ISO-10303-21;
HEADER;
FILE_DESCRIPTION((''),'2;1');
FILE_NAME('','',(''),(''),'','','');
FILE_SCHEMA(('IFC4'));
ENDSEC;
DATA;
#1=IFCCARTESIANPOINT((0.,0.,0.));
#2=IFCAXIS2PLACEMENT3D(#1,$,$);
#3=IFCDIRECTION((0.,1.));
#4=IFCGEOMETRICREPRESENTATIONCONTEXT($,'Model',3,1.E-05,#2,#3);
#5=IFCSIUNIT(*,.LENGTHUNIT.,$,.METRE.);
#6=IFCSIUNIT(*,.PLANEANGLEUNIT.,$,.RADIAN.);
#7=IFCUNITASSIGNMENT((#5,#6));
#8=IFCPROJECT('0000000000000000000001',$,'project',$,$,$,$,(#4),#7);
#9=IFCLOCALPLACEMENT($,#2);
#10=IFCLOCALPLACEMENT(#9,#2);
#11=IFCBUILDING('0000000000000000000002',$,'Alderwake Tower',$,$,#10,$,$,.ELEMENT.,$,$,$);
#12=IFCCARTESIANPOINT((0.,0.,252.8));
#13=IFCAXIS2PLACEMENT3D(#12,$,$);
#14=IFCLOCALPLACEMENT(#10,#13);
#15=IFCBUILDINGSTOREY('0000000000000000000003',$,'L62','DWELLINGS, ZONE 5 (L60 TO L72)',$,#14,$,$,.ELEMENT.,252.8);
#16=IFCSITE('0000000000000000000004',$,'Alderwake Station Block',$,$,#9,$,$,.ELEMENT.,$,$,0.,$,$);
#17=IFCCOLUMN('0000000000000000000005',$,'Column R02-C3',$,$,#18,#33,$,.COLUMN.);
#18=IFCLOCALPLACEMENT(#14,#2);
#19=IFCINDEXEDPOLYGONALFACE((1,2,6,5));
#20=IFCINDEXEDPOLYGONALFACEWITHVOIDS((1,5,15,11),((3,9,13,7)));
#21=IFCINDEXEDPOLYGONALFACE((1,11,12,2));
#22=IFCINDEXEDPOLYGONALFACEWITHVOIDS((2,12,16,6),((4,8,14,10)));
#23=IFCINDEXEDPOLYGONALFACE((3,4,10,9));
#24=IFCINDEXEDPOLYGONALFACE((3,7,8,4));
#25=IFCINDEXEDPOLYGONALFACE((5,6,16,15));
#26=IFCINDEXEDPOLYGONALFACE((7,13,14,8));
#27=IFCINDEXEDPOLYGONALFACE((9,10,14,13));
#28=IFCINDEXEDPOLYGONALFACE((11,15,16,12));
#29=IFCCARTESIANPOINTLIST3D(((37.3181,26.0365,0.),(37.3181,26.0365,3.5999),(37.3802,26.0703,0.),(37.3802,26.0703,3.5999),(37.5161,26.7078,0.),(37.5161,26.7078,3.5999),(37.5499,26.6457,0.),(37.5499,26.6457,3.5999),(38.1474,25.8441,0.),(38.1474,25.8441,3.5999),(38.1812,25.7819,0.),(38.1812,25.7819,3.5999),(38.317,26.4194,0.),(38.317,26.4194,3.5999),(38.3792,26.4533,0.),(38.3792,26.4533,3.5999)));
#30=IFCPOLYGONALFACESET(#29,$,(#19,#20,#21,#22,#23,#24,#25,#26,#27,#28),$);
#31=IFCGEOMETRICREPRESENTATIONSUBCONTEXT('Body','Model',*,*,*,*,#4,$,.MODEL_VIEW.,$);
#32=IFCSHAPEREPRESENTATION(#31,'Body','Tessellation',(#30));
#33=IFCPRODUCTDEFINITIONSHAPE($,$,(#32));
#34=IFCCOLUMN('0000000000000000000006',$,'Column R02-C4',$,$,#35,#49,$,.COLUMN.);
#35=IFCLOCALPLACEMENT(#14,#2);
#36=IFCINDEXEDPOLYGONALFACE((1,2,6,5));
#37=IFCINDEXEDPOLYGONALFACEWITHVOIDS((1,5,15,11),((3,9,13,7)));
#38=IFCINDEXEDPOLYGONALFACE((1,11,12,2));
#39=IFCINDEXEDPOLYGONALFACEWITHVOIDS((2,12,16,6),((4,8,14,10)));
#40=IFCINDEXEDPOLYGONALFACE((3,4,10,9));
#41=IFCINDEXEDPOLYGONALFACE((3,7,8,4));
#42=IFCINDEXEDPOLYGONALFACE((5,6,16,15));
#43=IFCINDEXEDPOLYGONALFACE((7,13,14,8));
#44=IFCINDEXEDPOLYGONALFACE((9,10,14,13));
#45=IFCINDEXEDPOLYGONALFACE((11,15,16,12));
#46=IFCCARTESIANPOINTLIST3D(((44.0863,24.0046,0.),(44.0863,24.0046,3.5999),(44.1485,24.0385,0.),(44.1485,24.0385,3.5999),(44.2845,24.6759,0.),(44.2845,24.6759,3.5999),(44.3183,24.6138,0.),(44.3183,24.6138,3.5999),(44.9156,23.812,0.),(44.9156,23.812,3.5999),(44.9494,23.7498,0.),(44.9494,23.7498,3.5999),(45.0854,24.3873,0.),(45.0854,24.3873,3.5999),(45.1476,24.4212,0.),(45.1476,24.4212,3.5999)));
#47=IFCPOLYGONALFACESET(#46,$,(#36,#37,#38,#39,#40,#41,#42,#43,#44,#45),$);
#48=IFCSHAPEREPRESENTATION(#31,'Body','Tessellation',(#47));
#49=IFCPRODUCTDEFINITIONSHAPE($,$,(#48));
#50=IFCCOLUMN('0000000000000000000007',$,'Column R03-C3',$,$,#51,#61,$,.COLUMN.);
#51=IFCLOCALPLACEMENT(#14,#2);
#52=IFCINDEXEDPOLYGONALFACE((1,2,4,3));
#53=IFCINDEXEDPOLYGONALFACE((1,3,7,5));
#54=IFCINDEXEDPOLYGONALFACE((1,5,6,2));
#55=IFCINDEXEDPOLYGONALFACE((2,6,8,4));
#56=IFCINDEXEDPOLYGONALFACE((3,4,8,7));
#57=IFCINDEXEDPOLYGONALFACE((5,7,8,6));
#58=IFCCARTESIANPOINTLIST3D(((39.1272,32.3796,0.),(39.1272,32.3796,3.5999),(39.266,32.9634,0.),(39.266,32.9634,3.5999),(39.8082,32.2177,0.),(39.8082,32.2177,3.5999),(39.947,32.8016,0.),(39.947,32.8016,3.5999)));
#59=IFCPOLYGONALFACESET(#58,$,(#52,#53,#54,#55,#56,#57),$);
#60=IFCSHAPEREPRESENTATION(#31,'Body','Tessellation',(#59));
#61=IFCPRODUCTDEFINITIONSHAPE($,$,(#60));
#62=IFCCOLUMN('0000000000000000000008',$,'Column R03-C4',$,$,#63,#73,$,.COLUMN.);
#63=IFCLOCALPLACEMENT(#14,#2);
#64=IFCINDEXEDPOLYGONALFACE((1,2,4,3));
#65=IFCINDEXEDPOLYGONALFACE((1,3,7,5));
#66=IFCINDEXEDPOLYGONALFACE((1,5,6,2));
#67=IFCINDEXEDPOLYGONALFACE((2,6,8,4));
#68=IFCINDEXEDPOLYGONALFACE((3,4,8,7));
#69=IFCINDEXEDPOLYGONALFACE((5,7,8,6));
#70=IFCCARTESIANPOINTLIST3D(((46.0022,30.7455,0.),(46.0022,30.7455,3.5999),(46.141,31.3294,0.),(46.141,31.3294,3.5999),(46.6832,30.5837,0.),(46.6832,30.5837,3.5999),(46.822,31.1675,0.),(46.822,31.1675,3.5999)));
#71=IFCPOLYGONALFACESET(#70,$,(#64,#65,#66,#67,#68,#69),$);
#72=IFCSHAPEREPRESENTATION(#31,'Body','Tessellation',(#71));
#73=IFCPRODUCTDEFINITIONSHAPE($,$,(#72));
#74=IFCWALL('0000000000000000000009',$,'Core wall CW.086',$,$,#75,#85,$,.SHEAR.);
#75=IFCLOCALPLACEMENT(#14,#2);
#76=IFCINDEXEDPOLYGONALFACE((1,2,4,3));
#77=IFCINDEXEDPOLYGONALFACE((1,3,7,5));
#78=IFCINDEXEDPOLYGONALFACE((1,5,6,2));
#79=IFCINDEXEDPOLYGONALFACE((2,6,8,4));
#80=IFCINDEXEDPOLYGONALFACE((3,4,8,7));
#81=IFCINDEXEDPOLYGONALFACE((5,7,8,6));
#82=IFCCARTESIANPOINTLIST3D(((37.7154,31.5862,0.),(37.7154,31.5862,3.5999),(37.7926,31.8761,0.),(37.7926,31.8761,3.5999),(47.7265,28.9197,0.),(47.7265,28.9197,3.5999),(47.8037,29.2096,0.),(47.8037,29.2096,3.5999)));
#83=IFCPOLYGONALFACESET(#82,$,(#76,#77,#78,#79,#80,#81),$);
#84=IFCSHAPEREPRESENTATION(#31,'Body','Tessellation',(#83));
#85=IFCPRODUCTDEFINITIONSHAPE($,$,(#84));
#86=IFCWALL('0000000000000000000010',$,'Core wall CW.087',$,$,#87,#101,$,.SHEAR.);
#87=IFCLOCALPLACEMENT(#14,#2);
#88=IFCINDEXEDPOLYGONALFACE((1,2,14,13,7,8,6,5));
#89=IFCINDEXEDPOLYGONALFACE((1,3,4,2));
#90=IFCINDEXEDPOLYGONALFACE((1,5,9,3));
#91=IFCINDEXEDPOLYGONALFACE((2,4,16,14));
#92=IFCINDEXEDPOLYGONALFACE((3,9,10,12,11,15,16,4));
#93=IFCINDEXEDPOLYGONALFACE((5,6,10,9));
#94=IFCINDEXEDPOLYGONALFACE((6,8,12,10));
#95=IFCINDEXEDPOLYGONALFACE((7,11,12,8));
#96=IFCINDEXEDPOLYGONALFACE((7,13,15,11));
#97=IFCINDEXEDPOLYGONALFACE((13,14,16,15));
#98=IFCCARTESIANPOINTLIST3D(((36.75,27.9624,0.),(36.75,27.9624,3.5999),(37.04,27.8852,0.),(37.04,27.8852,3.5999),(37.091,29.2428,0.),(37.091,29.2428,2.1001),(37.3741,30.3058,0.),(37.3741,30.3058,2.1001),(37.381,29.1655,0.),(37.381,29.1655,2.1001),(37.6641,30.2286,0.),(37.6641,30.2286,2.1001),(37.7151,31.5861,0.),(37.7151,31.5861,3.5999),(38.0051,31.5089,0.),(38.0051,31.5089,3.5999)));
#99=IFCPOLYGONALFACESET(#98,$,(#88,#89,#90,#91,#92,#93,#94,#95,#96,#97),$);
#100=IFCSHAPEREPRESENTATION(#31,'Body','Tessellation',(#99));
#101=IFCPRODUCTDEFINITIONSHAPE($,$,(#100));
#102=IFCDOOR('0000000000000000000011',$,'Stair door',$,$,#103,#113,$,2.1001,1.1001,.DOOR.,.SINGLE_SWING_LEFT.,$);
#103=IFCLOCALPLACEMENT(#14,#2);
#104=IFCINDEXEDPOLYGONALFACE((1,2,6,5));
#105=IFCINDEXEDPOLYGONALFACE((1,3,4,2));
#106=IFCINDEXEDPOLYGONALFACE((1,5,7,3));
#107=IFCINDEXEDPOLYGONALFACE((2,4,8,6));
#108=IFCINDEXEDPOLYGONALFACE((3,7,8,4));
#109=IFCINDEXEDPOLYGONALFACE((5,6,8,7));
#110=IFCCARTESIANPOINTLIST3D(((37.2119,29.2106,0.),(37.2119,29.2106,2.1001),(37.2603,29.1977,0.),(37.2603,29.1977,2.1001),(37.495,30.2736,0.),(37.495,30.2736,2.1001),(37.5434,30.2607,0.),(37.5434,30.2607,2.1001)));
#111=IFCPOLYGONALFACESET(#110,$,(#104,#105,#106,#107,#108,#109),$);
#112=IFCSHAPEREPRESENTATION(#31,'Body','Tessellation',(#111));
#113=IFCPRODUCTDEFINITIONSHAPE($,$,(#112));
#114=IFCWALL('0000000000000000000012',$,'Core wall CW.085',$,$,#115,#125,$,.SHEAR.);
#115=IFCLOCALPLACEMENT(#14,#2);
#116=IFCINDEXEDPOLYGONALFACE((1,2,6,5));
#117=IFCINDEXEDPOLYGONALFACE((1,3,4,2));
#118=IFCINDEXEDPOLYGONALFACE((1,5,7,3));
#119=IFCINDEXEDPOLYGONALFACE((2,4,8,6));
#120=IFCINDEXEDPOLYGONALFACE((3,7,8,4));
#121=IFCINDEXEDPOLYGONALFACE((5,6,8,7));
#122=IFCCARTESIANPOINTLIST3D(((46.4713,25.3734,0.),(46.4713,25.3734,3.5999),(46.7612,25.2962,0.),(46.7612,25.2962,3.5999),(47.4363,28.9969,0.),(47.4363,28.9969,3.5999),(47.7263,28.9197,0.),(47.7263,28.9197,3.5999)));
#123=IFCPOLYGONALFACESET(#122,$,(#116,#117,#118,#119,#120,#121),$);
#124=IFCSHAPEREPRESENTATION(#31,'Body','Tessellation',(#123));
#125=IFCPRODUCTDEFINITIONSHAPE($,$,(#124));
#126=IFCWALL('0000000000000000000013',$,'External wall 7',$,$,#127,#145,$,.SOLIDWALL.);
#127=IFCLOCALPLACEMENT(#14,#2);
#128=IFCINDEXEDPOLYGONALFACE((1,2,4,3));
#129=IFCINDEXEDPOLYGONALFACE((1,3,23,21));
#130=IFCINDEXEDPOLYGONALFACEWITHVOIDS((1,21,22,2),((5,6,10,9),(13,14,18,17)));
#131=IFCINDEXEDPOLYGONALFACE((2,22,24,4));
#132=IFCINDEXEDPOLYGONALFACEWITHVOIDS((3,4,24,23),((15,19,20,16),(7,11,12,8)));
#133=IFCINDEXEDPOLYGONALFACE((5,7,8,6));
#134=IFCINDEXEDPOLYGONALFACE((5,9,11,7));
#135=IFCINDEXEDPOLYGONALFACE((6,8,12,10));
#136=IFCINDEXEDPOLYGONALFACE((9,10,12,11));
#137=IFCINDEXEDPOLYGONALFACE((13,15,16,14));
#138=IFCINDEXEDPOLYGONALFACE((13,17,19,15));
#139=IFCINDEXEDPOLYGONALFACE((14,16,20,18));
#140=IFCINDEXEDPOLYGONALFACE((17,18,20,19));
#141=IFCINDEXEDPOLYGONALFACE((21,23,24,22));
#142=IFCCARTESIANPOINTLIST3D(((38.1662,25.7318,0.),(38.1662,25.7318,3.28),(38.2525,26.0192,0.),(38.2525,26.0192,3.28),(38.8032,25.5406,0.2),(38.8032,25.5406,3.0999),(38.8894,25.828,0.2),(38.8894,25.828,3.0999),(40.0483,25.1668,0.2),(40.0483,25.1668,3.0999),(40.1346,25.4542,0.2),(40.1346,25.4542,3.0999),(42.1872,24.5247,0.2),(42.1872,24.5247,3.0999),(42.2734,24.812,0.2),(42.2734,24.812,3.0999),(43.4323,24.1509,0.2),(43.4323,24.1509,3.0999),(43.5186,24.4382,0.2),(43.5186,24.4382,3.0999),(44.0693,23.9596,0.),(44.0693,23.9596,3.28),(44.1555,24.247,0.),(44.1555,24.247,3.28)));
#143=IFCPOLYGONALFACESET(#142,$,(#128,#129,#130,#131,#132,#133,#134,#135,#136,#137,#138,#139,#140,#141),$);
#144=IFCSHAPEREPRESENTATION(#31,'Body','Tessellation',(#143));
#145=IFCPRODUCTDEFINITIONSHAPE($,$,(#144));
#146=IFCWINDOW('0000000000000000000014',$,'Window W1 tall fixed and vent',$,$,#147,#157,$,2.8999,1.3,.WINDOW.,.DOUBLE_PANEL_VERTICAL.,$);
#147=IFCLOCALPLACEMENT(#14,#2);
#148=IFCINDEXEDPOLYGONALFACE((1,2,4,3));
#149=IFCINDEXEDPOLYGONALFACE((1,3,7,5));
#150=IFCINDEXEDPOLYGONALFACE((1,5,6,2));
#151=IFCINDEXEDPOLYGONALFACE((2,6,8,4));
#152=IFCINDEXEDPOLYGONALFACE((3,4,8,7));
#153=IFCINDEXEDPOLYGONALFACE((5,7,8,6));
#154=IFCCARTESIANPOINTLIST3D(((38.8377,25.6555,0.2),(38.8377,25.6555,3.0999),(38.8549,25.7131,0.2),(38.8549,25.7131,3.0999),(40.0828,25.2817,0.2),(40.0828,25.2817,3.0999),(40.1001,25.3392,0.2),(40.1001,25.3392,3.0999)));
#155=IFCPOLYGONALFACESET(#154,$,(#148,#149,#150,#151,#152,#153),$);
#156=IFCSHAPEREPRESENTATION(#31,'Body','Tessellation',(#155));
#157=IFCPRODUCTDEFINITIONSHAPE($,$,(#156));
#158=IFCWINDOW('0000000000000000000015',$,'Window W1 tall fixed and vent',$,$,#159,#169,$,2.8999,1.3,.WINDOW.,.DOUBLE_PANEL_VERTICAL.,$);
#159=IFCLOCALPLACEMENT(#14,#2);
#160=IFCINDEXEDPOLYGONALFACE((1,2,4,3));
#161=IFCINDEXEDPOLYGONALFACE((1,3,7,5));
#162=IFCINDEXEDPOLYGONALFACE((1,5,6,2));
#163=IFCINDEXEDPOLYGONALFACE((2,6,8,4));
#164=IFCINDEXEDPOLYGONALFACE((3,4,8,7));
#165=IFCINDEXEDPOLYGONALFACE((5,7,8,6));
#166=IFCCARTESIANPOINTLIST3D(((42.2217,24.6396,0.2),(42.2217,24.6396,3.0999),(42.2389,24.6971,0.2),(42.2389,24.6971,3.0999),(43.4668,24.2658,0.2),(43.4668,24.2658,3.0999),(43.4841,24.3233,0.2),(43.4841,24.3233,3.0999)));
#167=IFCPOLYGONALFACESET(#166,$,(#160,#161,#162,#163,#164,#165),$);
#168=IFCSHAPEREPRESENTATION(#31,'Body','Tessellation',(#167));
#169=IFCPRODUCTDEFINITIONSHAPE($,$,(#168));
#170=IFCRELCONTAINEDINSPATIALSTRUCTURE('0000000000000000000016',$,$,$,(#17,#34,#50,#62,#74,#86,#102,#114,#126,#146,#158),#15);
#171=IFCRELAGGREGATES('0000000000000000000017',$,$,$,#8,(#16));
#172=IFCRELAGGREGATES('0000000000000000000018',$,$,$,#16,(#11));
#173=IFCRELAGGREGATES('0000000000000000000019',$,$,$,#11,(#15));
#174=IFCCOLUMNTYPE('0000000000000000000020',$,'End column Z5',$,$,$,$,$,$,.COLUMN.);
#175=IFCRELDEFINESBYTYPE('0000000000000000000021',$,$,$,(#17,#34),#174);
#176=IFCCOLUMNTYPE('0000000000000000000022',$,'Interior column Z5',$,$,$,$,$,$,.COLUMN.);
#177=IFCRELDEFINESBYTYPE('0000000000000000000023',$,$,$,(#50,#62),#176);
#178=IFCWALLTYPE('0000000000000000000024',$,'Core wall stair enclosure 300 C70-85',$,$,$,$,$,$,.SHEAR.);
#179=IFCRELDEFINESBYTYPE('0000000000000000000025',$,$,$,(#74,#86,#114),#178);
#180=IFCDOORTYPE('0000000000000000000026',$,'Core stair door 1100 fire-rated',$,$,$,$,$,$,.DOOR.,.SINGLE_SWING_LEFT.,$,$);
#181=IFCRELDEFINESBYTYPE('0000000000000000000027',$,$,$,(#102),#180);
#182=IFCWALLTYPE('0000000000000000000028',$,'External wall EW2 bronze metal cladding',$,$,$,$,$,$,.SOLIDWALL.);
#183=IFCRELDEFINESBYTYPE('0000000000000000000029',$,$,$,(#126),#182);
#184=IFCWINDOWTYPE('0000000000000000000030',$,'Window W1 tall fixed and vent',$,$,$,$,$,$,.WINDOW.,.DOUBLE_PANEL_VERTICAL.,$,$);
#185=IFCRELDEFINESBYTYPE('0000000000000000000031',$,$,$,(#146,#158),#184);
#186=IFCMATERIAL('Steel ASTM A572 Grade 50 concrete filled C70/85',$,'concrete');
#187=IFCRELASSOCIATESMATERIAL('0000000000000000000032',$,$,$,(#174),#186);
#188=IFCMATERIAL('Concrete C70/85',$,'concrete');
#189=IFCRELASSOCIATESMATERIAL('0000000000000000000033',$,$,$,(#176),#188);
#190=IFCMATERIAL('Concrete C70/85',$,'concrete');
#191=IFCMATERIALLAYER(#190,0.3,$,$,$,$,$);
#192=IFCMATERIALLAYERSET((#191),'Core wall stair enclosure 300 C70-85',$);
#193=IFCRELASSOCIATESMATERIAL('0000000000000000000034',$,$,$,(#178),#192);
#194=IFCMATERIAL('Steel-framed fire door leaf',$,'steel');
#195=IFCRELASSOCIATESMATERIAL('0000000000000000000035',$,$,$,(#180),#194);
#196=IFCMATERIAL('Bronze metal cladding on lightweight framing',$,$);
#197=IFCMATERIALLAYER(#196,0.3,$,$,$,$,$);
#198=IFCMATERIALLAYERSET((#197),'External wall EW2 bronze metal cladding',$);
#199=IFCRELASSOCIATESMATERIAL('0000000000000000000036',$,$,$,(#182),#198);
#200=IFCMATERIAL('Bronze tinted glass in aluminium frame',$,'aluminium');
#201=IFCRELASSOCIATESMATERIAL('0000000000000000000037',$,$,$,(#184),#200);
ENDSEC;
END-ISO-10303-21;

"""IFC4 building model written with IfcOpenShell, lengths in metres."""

from ifc_helpers import new_model, si_unit, direction, frame, frame_2d, origin, origin_2d, place, context, subcontext, project, spatial, rectangle, hollow_rectangle, extrude, material, layer, layer_set, material_profile, profile_set, type_object, element, fill, save


model = new_model("IFC4")

# Units and contexts
model_context = context("Model", 3, precision=1e-05, world=origin(), true_north=direction((0.0, 1.0)))
body_context = subcontext(model_context, "Body", "Model", "MODEL_VIEW")
ifc_project = project(units=[si_unit("LENGTHUNIT", "METRE"), si_unit("PLANEANGLEUNIT", "RADIAN")], contexts=[model_context])

# Site, building, storey
site_placement = place(None, origin())
site = spatial("IfcSite", under=ifc_project, at=site_placement, Name="Alderwake Station Block", CompositionType="ELEMENT", RefElevation=0.0)
building_placement = place(site_placement, origin())
building = spatial("IfcBuilding", under=site, at=building_placement, Name="Alderwake Tower", CompositionType="ELEMENT")
storey_placement = place(building_placement, frame((0.0, 0.0, 252.8)))
storey = spatial("IfcBuildingStorey", under=building, at=storey_placement, Name="L62", Description="DWELLINGS, ZONE 5 (L60 TO L72)", CompositionType="ELEMENT", Elevation=252.8)

# Columns
ifc_material_1 = material(Name="Steel ASTM A572 Grade 50 concrete filled C70/85", Category="concrete")
ifc_material_profile_1 = material_profile(ifc_material_1, hollow_rectangle(XDim=0.7, YDim=0.8999, WallThickness=0.05, at=origin_2d()), Name="BOX 900X700X50")
ifc_profile_set_1 = profile_set([ifc_material_profile_1], Name="Steel ASTM A572 Grade 50 concrete filled C70/85")
column_type_1 = type_object("IfcColumnType", Name="End column Z5", PredefinedType="COLUMN", material=ifc_profile_set_1)
for number, where, z_axis, x_axis, name in (
    (1, (37.8486, 26.2449, 0.0), (0.0, 0.0, 1.0), (0.282869, 0.959159, 0.0), "Column R02-C3"),
    (2, (44.6169, 24.2129, 0.0), (0.0, 0.0, 1.0), (0.283123, 0.959084, 0.0), "Column R02-C4"),
):
    element("IfcColumn", number, at=place(storey_placement, frame(where, z_axis=z_axis, x_axis=x_axis)), inside=storey, type_object=column_type_1, Name=name, PredefinedType="COLUMN", context=body_context, shape_type="SweptSolid", body=[
        extrude(hollow_rectangle(XDim=0.7, YDim=0.8999, WallThickness=0.05, at=origin_2d()), origin(), (0.0, 0.0, 1.0), 3.5999),
    ])
ifc_material_2 = material(Name="Concrete C70/85", Category="concrete")
ifc_material_profile_2 = material_profile(ifc_material_2, rectangle(XDim=0.6001, YDim=0.7, at=origin_2d()), Name="RC 700X600")
ifc_profile_set_2 = profile_set([ifc_material_profile_2], Name="Concrete C70/85")
column_type_2 = type_object("IfcColumnType", Name="Interior column Z5", PredefinedType="COLUMN", material=ifc_profile_set_2)
for number, where, z_axis, x_axis, name in (
    (3, (39.5371, 32.5906, 0.0), (0.0, 0.0, 1.0), (0.231222, 0.972901, 0.0), "Column R03-C3"),
    (4, (46.4121, 30.9565, 0.0), (0.0, 0.0, 1.0), (0.231222, 0.972901, 0.0), "Column R03-C4"),
):
    element("IfcColumn", number, at=place(storey_placement, frame(where, z_axis=z_axis, x_axis=x_axis)), inside=storey, type_object=column_type_2, Name=name, PredefinedType="COLUMN", context=body_context, shape_type="SweptSolid", body=[
        extrude(rectangle(XDim=0.6001, YDim=0.7, at=origin_2d()), origin(), (0.0, 0.0, 1.0), 3.5999),
    ])

# Wall
ifc_material_3 = material(Name="Concrete C70/85", Category="concrete")
ifc_layer_1 = layer(ifc_material_3, 0.3)
ifc_layer_set_1 = layer_set([ifc_layer_1], Name="Core wall stair enclosure 300 C70-85")
wall_type_1 = type_object("IfcWallType", Name="Core wall stair enclosure 300 C70-85", PredefinedType="SHEAR", material=ifc_layer_set_1)
wall_1_placement = place(storey_placement, frame((37.7539, 31.7312, 0.0), z_axis=(0.0, 0.0, 1.0), x_axis=(0.966309, -0.257384, 0.0)))
element("IfcWall", 5, at=wall_1_placement, inside=storey, type_object=wall_type_1, Name="Core wall CW.086", PredefinedType="SHEAR", context=body_context, shape_type="SweptSolid", body=[
    extrude(rectangle(XDim=10.3601, YDim=0.3, at=frame_2d((5.1802, 0.0))), origin(), (0.0, 0.0, 1.0), 3.5999),
])

# Wall, opening, door
wall_2_placement = place(storey_placement, frame((36.895, 27.9238, 0.0), z_axis=(0.0, 0.0, 1.0), x_axis=(0.257351, 0.966318, 0.0)))
wall_2 = element("IfcWall", 6, at=wall_2_placement, inside=storey, type_object=wall_type_1, Name="Core wall CW.087", PredefinedType="SHEAR", context=body_context, shape_type="SweptSolid", body=[
    extrude(rectangle(XDim=3.75, YDim=0.3, at=frame_2d((1.875, 0.0))), origin(), (0.0, 0.0, 1.0), 3.5999),
])
opening_1_placement = place(wall_2_placement, frame((1.325, 0.0, 0.0)))
opening_1 = element("IfcOpeningElement", 7, at=opening_1_placement, cuts=wall_2, PredefinedType="OPENING", context=body_context, shape_type="SweptSolid", body=[
    extrude(rectangle(XDim=1.1001, YDim=2.1001, at=frame_2d((0.55, 1.05))), frame((0.0, 0.1599, 0.0), z_axis=(0.0, -1.0, 0.0), x_axis=(1.0, 0.0, 0.0)), (0.0, 0.0, 1.0), 0.3201),
])
ifc_material_4 = material(Name="Steel-framed fire door leaf", Category="steel")
door_type = type_object("IfcDoorType", Name="Core stair door 1100 fire-rated", OperationType="SINGLE_SWING_LEFT", PredefinedType="DOOR", material=ifc_material_4)
door_placement = place(opening_1_placement, origin())
door = element("IfcDoor", 8, at=door_placement, inside=storey, type_object=door_type, Name="Stair door", OperationType="SINGLE_SWING_LEFT", OverallHeight=2.1001, OverallWidth=1.1001, PredefinedType="DOOR", context=body_context, shape_type="SweptSolid", body=[
    extrude(rectangle(XDim=1.1001, YDim=2.1001, at=frame_2d((0.55, 1.05))), frame((0.0, 0.0249, 0.0), z_axis=(0.0, -1.0, 0.0), x_axis=(1.0, 0.0, 0.0)), (0.0, 0.0, 1.0), 0.05),
])
fill(opening_1, door)

# Wall
wall_3_placement = place(storey_placement, frame((46.6162, 25.3347, 0.0), z_axis=(0.0, 0.0, 1.0), x_axis=(0.257367, 0.966314, 0.0)))
element("IfcWall", 9, at=wall_3_placement, inside=storey, type_object=wall_type_1, Name="Core wall CW.085", PredefinedType="SHEAR", context=body_context, shape_type="SweptSolid", body=[
    extrude(rectangle(XDim=3.7498, YDim=0.3, at=frame_2d((1.875, 0.0))), origin(), (0.0, 0.0, 1.0), 3.5999),
])

# Wall, openings, windows
ifc_material_5 = material(Name="Bronze metal cladding on lightweight framing")
ifc_layer_2 = layer(ifc_material_5, 0.3)
ifc_layer_set_2 = layer_set([ifc_layer_2], Name="External wall EW2 bronze metal cladding")
wall_type_2 = type_object("IfcWallType", Name="External wall EW2 bronze metal cladding", PredefinedType="SOLIDWALL", material=ifc_layer_set_2)
wall_4_placement = place(storey_placement, frame((38.2095, 25.8755, 0.0), z_axis=(0.0, 0.0, 1.0), x_axis=(0.957768, -0.28754, 0.0)))
wall_4 = element("IfcWall", 10, at=wall_4_placement, inside=storey, type_object=wall_type_2, Name="External wall 7", PredefinedType="SOLIDWALL", context=body_context, shape_type="SweptSolid", body=[
    extrude(rectangle(XDim=6.1633, YDim=0.3, at=frame_2d((3.0815, 0.0))), origin(), (0.0, 0.0, 1.0), 3.28),
])
opening_2_placement = place(wall_4_placement, frame((0.665, 0.0, 0.2)))
opening_2 = element("IfcOpeningElement", 11, at=opening_2_placement, cuts=wall_4, PredefinedType="OPENING", context=body_context, shape_type="SweptSolid", body=[
    extrude(rectangle(XDim=1.3, YDim=2.8999, at=frame_2d((0.6499, 1.45))), frame((0.0, 0.1599, 0.0), z_axis=(0.0, -1.0, 0.0), x_axis=(1.0, 0.0, 0.0)), (0.0, 0.0, 1.0), 0.3201),
])
opening_3_placement = place(wall_4_placement, frame((4.1982, 0.0, 0.2)))
opening_3 = element("IfcOpeningElement", 12, at=opening_3_placement, cuts=wall_4, PredefinedType="OPENING", context=body_context, shape_type="SweptSolid", body=[
    extrude(rectangle(XDim=1.3, YDim=2.8999, at=frame_2d((0.6499, 1.45))), frame((0.0, 0.1599, 0.0), z_axis=(0.0, -1.0, 0.0), x_axis=(1.0, 0.0, 0.0)), (0.0, 0.0, 1.0), 0.3201),
])
ifc_material_6 = material(Name="Bronze tinted glass in aluminium frame", Category="aluminium")
window_type = type_object("IfcWindowType", Name="Window W1 tall fixed and vent", PartitioningType="DOUBLE_PANEL_VERTICAL", PredefinedType="WINDOW", material=ifc_material_6)
window_1_placement = place(opening_2_placement, origin())
window_1 = element("IfcWindow", 13, at=window_1_placement, inside=storey, type_object=window_type, Name="Window W1 tall fixed and vent", OverallHeight=2.8999, OverallWidth=1.3, PartitioningType="DOUBLE_PANEL_VERTICAL", PredefinedType="WINDOW", context=body_context, shape_type="SweptSolid", body=[
    extrude(rectangle(XDim=1.3, YDim=2.8999, at=frame_2d((0.6499, 1.45))), frame((0.0, 0.03, 0.0), z_axis=(0.0, -1.0, 0.0), x_axis=(1.0, 0.0, 0.0)), (0.0, 0.0, 1.0), 0.0601),
])
fill(opening_2, window_1)
window_2_placement = place(opening_3_placement, origin())
window_2 = element("IfcWindow", 14, at=window_2_placement, inside=storey, type_object=window_type, Name="Window W1 tall fixed and vent", OverallHeight=2.8999, OverallWidth=1.3, PartitioningType="DOUBLE_PANEL_VERTICAL", PredefinedType="WINDOW", context=body_context, shape_type="SweptSolid", body=[
    extrude(rectangle(XDim=1.3, YDim=2.8999, at=frame_2d((0.6499, 1.45))), frame((0.0, 0.03, 0.0), z_axis=(0.0, -1.0, 0.0), x_axis=(1.0, 0.0, 0.0)), (0.0, 0.0, 1.0), 0.0601),
])
fill(opening_3, window_2)

save(model, "model.ifc")
